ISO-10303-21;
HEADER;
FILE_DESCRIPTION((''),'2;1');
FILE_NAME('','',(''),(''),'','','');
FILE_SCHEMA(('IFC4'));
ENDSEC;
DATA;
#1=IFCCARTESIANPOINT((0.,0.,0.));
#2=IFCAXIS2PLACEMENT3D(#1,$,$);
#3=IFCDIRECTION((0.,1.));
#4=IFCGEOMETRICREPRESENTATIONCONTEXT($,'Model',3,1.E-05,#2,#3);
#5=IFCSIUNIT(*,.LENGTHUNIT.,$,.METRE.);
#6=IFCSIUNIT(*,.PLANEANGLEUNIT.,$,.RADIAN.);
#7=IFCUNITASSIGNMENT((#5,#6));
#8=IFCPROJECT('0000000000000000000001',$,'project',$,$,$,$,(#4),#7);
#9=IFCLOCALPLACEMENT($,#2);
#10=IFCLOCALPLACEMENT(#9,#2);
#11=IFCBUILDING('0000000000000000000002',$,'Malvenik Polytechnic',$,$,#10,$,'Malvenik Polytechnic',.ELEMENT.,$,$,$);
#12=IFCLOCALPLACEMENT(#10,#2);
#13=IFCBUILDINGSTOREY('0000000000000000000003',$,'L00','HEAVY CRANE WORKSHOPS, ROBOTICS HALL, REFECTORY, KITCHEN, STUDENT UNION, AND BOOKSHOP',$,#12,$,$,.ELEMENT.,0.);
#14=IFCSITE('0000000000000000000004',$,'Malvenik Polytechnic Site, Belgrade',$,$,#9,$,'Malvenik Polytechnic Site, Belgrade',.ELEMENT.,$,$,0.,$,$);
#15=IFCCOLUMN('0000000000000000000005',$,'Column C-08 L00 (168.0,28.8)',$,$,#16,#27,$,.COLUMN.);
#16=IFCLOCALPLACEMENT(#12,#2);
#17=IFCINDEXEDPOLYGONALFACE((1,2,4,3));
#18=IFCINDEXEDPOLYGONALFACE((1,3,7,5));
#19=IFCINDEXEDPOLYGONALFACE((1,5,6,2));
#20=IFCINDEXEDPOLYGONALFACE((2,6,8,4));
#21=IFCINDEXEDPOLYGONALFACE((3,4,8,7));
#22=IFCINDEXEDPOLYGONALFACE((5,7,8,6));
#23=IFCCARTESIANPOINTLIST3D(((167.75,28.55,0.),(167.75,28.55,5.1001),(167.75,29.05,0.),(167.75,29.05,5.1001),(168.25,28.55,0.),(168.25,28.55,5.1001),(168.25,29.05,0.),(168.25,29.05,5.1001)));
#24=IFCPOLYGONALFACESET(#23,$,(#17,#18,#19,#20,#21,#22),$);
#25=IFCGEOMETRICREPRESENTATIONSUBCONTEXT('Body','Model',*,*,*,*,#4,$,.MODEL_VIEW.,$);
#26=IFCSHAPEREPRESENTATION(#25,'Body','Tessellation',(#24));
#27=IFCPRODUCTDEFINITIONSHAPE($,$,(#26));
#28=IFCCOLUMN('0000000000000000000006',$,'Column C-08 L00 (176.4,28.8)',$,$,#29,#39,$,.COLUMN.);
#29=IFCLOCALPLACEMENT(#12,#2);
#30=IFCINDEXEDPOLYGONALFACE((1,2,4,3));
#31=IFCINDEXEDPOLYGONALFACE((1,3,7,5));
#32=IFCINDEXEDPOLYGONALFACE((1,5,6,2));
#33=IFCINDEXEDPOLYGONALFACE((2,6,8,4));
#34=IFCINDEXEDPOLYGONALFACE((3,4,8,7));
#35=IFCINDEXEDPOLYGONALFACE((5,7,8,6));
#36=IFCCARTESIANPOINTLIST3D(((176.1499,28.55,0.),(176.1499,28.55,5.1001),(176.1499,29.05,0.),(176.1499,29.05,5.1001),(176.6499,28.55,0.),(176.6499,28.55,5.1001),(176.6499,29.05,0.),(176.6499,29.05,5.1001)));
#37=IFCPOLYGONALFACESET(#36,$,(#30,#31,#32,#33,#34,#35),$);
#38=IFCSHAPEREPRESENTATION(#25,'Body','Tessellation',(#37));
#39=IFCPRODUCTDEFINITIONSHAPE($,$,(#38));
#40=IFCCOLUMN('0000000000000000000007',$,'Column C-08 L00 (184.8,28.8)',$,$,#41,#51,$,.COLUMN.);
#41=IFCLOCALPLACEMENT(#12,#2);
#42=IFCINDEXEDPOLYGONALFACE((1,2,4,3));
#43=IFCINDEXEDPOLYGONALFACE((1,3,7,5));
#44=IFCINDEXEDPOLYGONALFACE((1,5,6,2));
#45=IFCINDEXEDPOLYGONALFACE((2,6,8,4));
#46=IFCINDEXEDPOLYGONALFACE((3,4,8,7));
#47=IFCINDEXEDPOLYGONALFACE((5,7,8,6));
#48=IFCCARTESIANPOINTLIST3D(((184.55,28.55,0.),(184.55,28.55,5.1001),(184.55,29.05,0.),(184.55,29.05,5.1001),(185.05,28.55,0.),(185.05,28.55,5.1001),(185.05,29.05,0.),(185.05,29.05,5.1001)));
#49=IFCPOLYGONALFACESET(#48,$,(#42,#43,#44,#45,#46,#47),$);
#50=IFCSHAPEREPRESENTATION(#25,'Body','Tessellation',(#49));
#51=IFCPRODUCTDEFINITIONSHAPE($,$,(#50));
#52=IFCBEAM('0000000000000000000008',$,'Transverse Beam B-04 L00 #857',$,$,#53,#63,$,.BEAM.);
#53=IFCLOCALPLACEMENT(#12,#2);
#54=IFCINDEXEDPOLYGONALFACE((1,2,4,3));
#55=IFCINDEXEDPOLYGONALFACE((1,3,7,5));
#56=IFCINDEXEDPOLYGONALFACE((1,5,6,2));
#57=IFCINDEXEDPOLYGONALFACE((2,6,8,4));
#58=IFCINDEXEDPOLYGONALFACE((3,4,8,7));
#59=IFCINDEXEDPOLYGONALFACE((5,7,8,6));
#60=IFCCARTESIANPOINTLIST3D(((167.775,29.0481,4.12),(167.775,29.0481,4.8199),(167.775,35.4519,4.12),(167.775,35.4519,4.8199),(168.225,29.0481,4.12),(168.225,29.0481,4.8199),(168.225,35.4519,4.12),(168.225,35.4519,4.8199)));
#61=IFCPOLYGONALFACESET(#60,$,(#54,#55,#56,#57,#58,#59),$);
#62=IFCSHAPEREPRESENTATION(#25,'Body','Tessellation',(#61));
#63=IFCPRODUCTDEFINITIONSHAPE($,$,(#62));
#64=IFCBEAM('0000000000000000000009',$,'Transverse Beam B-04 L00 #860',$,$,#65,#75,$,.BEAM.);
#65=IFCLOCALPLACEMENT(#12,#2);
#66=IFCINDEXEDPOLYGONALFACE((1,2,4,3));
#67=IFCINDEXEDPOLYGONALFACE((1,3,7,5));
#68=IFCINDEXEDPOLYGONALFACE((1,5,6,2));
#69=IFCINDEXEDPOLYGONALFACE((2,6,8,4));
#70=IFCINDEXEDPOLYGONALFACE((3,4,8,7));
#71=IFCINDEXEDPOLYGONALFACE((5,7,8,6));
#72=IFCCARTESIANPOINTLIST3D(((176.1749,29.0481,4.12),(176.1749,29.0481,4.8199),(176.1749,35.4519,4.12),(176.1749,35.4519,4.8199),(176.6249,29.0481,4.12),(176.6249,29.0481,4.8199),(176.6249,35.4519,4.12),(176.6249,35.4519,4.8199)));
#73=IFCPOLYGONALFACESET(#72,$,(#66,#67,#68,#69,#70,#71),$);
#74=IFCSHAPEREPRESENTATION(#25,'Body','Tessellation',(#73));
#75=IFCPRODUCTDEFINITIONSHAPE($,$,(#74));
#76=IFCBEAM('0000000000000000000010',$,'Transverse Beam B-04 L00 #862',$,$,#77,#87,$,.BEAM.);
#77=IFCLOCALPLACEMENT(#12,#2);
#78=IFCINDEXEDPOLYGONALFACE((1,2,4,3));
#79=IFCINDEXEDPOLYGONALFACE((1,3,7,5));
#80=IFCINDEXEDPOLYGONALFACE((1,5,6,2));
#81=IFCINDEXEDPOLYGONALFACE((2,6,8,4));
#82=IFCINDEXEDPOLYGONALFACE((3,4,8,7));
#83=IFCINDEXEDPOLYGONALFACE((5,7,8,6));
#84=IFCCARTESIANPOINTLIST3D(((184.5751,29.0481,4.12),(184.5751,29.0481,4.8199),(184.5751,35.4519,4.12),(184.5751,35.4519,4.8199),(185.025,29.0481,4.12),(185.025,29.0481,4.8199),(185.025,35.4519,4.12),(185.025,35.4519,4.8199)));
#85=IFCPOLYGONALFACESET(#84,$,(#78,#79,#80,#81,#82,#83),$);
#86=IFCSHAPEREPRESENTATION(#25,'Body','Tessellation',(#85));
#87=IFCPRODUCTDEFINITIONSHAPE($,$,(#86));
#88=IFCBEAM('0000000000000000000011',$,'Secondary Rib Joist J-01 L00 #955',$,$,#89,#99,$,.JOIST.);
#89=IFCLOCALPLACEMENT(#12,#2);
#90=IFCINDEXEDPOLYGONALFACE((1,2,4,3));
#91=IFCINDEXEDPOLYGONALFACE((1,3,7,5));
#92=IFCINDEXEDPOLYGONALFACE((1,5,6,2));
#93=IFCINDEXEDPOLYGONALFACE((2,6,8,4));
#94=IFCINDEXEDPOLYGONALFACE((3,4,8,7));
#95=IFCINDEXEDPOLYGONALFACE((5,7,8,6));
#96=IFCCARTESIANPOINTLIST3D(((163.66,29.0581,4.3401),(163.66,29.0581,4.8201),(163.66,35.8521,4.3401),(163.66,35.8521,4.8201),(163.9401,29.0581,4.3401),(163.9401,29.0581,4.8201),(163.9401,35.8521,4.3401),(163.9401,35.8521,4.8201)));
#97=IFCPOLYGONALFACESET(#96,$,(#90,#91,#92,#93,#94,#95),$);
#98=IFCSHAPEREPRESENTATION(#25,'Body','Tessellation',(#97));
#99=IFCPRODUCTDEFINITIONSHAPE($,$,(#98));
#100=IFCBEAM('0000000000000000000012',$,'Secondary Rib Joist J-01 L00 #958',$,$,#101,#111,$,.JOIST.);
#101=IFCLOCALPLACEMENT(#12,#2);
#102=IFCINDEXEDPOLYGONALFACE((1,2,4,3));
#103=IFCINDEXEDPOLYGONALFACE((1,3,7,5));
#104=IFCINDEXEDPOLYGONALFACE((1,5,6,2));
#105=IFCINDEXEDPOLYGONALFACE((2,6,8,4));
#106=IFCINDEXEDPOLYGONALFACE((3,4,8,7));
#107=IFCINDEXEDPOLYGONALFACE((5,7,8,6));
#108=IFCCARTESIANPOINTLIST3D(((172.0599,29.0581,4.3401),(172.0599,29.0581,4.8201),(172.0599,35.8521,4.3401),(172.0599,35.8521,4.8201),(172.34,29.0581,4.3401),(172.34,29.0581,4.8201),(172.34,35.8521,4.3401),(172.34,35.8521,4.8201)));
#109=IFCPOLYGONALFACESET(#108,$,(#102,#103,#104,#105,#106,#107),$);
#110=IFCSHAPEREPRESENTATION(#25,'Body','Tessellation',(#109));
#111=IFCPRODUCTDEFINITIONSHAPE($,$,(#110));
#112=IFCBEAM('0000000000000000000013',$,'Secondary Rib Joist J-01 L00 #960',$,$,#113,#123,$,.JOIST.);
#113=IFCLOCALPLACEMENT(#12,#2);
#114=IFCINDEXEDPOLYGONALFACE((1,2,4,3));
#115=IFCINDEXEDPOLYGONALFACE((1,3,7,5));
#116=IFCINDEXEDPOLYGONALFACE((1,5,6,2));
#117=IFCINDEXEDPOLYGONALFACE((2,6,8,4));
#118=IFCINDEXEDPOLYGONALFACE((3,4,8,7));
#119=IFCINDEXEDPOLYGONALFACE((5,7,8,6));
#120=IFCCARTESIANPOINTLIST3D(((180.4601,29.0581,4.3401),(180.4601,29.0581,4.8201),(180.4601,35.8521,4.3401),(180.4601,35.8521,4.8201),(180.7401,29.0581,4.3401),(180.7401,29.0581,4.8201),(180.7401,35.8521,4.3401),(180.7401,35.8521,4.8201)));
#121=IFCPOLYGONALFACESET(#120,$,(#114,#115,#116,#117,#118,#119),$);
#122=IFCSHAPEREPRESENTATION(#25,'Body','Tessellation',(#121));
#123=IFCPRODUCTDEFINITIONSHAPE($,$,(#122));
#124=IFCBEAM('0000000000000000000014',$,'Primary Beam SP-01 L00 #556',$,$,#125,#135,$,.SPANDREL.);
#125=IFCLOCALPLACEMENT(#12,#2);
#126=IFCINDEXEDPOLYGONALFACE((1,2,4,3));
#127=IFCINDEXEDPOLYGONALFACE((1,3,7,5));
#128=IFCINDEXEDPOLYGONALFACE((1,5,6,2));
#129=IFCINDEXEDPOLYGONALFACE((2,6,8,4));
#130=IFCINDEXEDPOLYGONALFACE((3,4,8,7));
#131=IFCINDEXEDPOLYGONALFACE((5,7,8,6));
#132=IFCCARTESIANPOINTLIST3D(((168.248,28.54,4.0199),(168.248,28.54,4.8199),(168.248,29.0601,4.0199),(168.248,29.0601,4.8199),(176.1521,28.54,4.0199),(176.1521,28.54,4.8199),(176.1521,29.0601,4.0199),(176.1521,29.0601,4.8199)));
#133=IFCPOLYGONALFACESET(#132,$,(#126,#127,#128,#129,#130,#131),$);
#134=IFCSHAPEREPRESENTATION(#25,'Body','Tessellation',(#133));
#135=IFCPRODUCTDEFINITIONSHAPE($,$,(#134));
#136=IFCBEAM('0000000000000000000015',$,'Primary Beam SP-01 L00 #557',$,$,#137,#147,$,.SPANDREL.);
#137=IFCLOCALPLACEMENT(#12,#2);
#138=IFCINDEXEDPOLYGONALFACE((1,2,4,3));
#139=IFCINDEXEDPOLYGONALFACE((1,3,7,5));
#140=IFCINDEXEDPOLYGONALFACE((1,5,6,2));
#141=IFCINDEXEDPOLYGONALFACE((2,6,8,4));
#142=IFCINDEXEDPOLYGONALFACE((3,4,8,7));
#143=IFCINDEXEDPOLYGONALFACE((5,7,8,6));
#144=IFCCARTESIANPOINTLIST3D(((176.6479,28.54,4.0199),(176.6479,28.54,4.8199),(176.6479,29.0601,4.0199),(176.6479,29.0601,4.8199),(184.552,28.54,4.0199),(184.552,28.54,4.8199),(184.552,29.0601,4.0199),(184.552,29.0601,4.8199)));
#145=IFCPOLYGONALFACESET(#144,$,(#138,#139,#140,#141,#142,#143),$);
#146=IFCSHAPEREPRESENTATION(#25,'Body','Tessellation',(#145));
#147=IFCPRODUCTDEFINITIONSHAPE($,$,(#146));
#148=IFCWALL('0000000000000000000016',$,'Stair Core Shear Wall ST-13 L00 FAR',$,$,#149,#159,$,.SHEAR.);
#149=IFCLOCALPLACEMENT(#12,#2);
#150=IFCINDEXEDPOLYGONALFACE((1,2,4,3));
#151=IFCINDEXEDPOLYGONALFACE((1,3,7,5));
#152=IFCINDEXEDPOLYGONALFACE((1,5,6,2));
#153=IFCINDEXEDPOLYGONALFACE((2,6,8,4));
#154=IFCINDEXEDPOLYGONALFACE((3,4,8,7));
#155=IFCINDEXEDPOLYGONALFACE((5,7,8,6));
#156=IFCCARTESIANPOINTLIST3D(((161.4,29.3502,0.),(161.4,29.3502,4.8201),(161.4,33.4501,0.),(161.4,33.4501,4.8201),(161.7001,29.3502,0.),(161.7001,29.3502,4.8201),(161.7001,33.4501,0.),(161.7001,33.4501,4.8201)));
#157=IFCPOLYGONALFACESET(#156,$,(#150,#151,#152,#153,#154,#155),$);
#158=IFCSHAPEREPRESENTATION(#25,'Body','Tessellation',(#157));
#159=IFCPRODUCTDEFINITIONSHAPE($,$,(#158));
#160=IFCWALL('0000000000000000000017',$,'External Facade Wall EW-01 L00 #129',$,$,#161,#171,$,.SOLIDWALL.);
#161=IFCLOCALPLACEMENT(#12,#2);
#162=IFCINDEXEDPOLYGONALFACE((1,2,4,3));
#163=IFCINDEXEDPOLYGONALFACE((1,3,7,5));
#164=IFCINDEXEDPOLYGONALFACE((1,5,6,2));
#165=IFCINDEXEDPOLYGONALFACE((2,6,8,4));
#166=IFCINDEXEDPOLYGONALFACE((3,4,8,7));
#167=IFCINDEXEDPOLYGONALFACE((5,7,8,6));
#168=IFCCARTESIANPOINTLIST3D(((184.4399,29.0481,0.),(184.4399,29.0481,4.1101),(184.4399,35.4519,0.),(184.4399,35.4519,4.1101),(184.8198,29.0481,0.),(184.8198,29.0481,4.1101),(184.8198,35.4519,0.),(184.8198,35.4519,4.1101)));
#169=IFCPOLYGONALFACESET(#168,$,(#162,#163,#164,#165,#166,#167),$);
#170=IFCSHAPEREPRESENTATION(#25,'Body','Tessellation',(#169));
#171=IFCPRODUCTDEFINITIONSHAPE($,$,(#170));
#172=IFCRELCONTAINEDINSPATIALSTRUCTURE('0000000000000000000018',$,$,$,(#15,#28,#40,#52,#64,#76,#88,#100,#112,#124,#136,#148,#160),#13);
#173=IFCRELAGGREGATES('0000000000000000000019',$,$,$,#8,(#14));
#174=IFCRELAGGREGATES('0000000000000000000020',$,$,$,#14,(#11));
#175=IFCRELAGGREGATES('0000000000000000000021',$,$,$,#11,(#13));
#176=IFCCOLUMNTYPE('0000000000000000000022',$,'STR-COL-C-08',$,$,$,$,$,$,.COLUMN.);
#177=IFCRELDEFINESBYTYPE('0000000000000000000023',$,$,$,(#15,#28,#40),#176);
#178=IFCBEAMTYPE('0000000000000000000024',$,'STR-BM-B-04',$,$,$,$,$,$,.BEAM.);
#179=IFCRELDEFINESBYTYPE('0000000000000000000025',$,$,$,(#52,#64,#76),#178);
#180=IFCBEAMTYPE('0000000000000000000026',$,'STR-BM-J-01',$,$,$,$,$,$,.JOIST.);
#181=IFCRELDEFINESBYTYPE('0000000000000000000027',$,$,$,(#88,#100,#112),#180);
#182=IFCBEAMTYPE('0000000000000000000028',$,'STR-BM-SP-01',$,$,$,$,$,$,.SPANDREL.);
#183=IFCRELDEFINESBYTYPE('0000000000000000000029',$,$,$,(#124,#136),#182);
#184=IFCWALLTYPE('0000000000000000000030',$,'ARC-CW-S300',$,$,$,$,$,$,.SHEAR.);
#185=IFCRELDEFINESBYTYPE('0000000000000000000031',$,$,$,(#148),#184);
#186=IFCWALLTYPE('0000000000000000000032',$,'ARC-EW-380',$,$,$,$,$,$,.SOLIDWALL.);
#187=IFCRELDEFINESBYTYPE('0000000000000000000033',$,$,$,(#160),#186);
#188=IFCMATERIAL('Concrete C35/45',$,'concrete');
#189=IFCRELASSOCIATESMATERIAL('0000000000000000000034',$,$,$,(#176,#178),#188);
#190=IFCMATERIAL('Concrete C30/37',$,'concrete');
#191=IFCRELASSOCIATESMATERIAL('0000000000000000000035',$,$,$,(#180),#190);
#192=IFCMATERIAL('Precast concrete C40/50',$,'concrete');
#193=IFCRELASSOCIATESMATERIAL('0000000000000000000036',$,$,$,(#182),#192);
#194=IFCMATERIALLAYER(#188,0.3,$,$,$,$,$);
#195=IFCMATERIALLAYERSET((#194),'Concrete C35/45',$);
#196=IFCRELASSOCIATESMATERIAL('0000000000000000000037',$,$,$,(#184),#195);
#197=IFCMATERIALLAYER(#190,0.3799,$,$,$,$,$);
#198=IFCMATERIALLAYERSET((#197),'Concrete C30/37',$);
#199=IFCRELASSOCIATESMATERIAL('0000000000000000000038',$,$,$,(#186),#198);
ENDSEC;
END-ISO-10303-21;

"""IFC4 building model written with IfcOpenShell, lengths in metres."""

from ifc_helpers import new_model, si_unit, direction, frame, frame_2d, origin, origin_2d, place, context, subcontext, project, spatial, rectangle, extrude, material, layer, layer_set, material_profile, profile_set, type_object, element, save


model = new_model("IFC4")

# Units and contexts
model_context = context("Model", 3, precision=1e-05, world=origin(), true_north=direction((0.0, 1.0)))
body_context = subcontext(model_context, "Body", "Model", "MODEL_VIEW")
ifc_project = project(units=[si_unit("LENGTHUNIT", "METRE"), si_unit("PLANEANGLEUNIT", "RADIAN")], contexts=[model_context])

# Site, building, storey
site_placement = place(None, origin())
site = spatial("IfcSite", under=ifc_project, at=site_placement, Name="Malvenik Polytechnic Site, Belgrade", LongName="Malvenik Polytechnic Site, Belgrade", CompositionType="ELEMENT", RefElevation=0.0)
building_placement = place(site_placement, origin())
building = spatial("IfcBuilding", under=site, at=building_placement, Name="Malvenik Polytechnic", LongName="Malvenik Polytechnic", CompositionType="ELEMENT")
storey_placement = place(building_placement, origin())
storey = spatial("IfcBuildingStorey", under=building, at=storey_placement, Name="L00", Description="HEAVY CRANE WORKSHOPS, ROBOTICS HALL, REFECTORY, KITCHEN, STUDENT UNION, AND BOOKSHOP", CompositionType="ELEMENT", Elevation=0.0)

# Columns
ifc_material_1 = material(Name="Concrete C35/45", Category="concrete")
ifc_material_profile_1 = material_profile(ifc_material_1, rectangle(XDim=0.5, YDim=0.5, at=origin_2d()), Name="RC COL 500x500")
ifc_profile_set_1 = profile_set([ifc_material_profile_1], Name="Concrete C35/45")
column_type = type_object("IfcColumnType", Name="STR-COL-C-08", PredefinedType="COLUMN", material=ifc_profile_set_1)
for number, where, z_axis, x_axis, name in (
    (1, (168.0, 28.8, 0.0), (0.0, 0.0, 1.0), (1.0, 0.0, 0.0), "Column C-08 L00 (168.0,28.8)"),
    (2, (176.3999, 28.8, 0.0), (0.0, 0.0, 1.0), (1.0, 0.0, 0.0), "Column C-08 L00 (176.4,28.8)"),
    (3, (184.8, 28.8, 0.0), (0.0, 0.0, 1.0), (1.0, 0.0, 0.0), "Column C-08 L00 (184.8,28.8)"),
):
    element("IfcColumn", number, at=place(storey_placement, frame(where, z_axis=z_axis, x_axis=x_axis)), inside=storey, type_object=column_type, Name=name, PredefinedType="COLUMN", context=body_context, shape_type="SweptSolid", body=[
        extrude(rectangle(XDim=0.5, YDim=0.5, at=origin_2d()), origin(), (0.0, 0.0, 1.0), 5.1001),
    ])

# Beams
ifc_material_profile_2 = material_profile(ifc_material_1, rectangle(XDim=0.45, YDim=0.7, at=origin_2d()), Name="RC BM 450x700")
ifc_profile_set_2 = profile_set([ifc_material_profile_2], Name="Concrete C35/45")
beam_type_1 = type_object("IfcBeamType", Name="STR-BM-B-04", PredefinedType="BEAM", material=ifc_profile_set_2)
for number, where, z_axis, x_axis, name in (
    (4, (168.0, 29.0481, 4.47), (0.0, 1.0, 0.0), (-1.0, 0.0, 0.0), "Transverse Beam B-04 L00 #857"),
    (5, (176.3999, 29.0481, 4.47), (0.0, 1.0, 0.0), (-1.0, 0.0, 0.0), "Transverse Beam B-04 L00 #860"),
    (6, (184.8, 29.0481, 4.47), (0.0, 1.0, 0.0), (-1.0, 0.0, 0.0), "Transverse Beam B-04 L00 #862"),
):
    element("IfcBeam", number, at=place(storey_placement, frame(where, z_axis=z_axis, x_axis=x_axis)), inside=storey, type_object=beam_type_1, Name=name, PredefinedType="BEAM", context=body_context, shape_type="SweptSolid", body=[
        extrude(rectangle(XDim=0.45, YDim=0.7, at=origin_2d()), origin(), (0.0, 0.0, 1.0), 6.4038),
    ])
ifc_material_2 = material(Name="Concrete C30/37", Category="concrete")
ifc_material_profile_3 = material_profile(ifc_material_2, rectangle(XDim=0.28, YDim=0.48, at=origin_2d()), Name="RC JST 280x480")
ifc_profile_set_3 = profile_set([ifc_material_profile_3], Name="Concrete C30/37")
beam_type_2 = type_object("IfcBeamType", Name="STR-BM-J-01", PredefinedType="JOIST", material=ifc_profile_set_3)
for number, where, z_axis, x_axis, name in (
    (7, (163.8, 29.0581, 4.5801), (0.0, 1.0, 0.0), (-1.0, 0.0, 0.0), "Secondary Rib Joist J-01 L00 #955"),
    (8, (172.2, 29.0581, 4.5801), (0.0, 1.0, 0.0), (-1.0, 0.0, 0.0), "Secondary Rib Joist J-01 L00 #958"),
    (9, (180.6001, 29.0581, 4.5801), (0.0, 1.0, 0.0), (-1.0, 0.0, 0.0), "Secondary Rib Joist J-01 L00 #960"),
):
    element("IfcBeam", number, at=place(storey_placement, frame(where, z_axis=z_axis, x_axis=x_axis)), inside=storey, type_object=beam_type_2, Name=name, PredefinedType="JOIST", context=body_context, shape_type="SweptSolid", body=[
        extrude(rectangle(XDim=0.28, YDim=0.48, at=origin_2d()), origin(), (0.0, 0.0, 1.0), 6.7939),
    ])
ifc_material_3 = material(Name="Precast concrete C40/50", Category="concrete")
ifc_material_profile_4 = material_profile(ifc_material_3, rectangle(XDim=0.52, YDim=0.8, at=origin_2d()), Name="PC SPN 520x800")
ifc_profile_set_4 = profile_set([ifc_material_profile_4], Name="Precast concrete C40/50")
beam_type_3 = type_object("IfcBeamType", Name="STR-BM-SP-01", PredefinedType="SPANDREL", material=ifc_profile_set_4)
for number, where, z_axis, x_axis, name in (
    (10, (168.248, 28.8, 4.4199), (1.0, 0.0, 0.0), (0.0, 1.0, 0.0), "Primary Beam SP-01 L00 #556"),
    (11, (176.6479, 28.8, 4.4199), (1.0, 0.0, 0.0), (0.0, 1.0, 0.0), "Primary Beam SP-01 L00 #557"),
):
    element("IfcBeam", number, at=place(storey_placement, frame(where, z_axis=z_axis, x_axis=x_axis)), inside=storey, type_object=beam_type_3, Name=name, PredefinedType="SPANDREL", context=body_context, shape_type="SweptSolid", body=[
        extrude(rectangle(XDim=0.52, YDim=0.8, at=origin_2d()), origin(), (0.0, 0.0, 1.0), 7.9041),
    ])

# Walls
ifc_layer_1 = layer(ifc_material_1, 0.3)
ifc_layer_set_1 = layer_set([ifc_layer_1], Name="Concrete C35/45")
wall_type_1 = type_object("IfcWallType", Name="ARC-CW-S300", PredefinedType="SHEAR", material=ifc_layer_set_1)
wall_1_placement = place(storey_placement, frame((161.55, 33.45, 0.0), z_axis=(0.0, 0.0, 1.0), x_axis=(0.0, -1.0, 0.0)))
element("IfcWall", 12, at=wall_1_placement, inside=storey, type_object=wall_type_1, Name="Stair Core Shear Wall ST-13 L00 FAR", PredefinedType="SHEAR", context=body_context, shape_type="SweptSolid", body=[
    extrude(rectangle(XDim=4.0999, YDim=0.3, at=frame_2d((2.0498, 0.0))), origin(), (0.0, 0.0, 1.0), 4.8201),
])
ifc_layer_2 = layer(ifc_material_2, 0.3799)
ifc_layer_set_2 = layer_set([ifc_layer_2], Name="Concrete C30/37")
wall_type_2 = type_object("IfcWallType", Name="ARC-EW-380", PredefinedType="SOLIDWALL", material=ifc_layer_set_2)
wall_2_placement = place(storey_placement, frame((184.6299, 35.4519, 0.0), z_axis=(0.0, 0.0, 1.0), x_axis=(0.0, -1.0, 0.0)))
element("IfcWall", 13, at=wall_2_placement, inside=storey, type_object=wall_type_2, Name="External Facade Wall EW-01 L00 #129", PredefinedType="SOLIDWALL", context=body_context, shape_type="SweptSolid", body=[
    extrude(rectangle(XDim=6.4038, YDim=0.3799, at=frame_2d((3.2019, 0.0))), origin(), (0.0, 0.0, 1.0), 4.1101),
])

save(model, "model.ifc")
